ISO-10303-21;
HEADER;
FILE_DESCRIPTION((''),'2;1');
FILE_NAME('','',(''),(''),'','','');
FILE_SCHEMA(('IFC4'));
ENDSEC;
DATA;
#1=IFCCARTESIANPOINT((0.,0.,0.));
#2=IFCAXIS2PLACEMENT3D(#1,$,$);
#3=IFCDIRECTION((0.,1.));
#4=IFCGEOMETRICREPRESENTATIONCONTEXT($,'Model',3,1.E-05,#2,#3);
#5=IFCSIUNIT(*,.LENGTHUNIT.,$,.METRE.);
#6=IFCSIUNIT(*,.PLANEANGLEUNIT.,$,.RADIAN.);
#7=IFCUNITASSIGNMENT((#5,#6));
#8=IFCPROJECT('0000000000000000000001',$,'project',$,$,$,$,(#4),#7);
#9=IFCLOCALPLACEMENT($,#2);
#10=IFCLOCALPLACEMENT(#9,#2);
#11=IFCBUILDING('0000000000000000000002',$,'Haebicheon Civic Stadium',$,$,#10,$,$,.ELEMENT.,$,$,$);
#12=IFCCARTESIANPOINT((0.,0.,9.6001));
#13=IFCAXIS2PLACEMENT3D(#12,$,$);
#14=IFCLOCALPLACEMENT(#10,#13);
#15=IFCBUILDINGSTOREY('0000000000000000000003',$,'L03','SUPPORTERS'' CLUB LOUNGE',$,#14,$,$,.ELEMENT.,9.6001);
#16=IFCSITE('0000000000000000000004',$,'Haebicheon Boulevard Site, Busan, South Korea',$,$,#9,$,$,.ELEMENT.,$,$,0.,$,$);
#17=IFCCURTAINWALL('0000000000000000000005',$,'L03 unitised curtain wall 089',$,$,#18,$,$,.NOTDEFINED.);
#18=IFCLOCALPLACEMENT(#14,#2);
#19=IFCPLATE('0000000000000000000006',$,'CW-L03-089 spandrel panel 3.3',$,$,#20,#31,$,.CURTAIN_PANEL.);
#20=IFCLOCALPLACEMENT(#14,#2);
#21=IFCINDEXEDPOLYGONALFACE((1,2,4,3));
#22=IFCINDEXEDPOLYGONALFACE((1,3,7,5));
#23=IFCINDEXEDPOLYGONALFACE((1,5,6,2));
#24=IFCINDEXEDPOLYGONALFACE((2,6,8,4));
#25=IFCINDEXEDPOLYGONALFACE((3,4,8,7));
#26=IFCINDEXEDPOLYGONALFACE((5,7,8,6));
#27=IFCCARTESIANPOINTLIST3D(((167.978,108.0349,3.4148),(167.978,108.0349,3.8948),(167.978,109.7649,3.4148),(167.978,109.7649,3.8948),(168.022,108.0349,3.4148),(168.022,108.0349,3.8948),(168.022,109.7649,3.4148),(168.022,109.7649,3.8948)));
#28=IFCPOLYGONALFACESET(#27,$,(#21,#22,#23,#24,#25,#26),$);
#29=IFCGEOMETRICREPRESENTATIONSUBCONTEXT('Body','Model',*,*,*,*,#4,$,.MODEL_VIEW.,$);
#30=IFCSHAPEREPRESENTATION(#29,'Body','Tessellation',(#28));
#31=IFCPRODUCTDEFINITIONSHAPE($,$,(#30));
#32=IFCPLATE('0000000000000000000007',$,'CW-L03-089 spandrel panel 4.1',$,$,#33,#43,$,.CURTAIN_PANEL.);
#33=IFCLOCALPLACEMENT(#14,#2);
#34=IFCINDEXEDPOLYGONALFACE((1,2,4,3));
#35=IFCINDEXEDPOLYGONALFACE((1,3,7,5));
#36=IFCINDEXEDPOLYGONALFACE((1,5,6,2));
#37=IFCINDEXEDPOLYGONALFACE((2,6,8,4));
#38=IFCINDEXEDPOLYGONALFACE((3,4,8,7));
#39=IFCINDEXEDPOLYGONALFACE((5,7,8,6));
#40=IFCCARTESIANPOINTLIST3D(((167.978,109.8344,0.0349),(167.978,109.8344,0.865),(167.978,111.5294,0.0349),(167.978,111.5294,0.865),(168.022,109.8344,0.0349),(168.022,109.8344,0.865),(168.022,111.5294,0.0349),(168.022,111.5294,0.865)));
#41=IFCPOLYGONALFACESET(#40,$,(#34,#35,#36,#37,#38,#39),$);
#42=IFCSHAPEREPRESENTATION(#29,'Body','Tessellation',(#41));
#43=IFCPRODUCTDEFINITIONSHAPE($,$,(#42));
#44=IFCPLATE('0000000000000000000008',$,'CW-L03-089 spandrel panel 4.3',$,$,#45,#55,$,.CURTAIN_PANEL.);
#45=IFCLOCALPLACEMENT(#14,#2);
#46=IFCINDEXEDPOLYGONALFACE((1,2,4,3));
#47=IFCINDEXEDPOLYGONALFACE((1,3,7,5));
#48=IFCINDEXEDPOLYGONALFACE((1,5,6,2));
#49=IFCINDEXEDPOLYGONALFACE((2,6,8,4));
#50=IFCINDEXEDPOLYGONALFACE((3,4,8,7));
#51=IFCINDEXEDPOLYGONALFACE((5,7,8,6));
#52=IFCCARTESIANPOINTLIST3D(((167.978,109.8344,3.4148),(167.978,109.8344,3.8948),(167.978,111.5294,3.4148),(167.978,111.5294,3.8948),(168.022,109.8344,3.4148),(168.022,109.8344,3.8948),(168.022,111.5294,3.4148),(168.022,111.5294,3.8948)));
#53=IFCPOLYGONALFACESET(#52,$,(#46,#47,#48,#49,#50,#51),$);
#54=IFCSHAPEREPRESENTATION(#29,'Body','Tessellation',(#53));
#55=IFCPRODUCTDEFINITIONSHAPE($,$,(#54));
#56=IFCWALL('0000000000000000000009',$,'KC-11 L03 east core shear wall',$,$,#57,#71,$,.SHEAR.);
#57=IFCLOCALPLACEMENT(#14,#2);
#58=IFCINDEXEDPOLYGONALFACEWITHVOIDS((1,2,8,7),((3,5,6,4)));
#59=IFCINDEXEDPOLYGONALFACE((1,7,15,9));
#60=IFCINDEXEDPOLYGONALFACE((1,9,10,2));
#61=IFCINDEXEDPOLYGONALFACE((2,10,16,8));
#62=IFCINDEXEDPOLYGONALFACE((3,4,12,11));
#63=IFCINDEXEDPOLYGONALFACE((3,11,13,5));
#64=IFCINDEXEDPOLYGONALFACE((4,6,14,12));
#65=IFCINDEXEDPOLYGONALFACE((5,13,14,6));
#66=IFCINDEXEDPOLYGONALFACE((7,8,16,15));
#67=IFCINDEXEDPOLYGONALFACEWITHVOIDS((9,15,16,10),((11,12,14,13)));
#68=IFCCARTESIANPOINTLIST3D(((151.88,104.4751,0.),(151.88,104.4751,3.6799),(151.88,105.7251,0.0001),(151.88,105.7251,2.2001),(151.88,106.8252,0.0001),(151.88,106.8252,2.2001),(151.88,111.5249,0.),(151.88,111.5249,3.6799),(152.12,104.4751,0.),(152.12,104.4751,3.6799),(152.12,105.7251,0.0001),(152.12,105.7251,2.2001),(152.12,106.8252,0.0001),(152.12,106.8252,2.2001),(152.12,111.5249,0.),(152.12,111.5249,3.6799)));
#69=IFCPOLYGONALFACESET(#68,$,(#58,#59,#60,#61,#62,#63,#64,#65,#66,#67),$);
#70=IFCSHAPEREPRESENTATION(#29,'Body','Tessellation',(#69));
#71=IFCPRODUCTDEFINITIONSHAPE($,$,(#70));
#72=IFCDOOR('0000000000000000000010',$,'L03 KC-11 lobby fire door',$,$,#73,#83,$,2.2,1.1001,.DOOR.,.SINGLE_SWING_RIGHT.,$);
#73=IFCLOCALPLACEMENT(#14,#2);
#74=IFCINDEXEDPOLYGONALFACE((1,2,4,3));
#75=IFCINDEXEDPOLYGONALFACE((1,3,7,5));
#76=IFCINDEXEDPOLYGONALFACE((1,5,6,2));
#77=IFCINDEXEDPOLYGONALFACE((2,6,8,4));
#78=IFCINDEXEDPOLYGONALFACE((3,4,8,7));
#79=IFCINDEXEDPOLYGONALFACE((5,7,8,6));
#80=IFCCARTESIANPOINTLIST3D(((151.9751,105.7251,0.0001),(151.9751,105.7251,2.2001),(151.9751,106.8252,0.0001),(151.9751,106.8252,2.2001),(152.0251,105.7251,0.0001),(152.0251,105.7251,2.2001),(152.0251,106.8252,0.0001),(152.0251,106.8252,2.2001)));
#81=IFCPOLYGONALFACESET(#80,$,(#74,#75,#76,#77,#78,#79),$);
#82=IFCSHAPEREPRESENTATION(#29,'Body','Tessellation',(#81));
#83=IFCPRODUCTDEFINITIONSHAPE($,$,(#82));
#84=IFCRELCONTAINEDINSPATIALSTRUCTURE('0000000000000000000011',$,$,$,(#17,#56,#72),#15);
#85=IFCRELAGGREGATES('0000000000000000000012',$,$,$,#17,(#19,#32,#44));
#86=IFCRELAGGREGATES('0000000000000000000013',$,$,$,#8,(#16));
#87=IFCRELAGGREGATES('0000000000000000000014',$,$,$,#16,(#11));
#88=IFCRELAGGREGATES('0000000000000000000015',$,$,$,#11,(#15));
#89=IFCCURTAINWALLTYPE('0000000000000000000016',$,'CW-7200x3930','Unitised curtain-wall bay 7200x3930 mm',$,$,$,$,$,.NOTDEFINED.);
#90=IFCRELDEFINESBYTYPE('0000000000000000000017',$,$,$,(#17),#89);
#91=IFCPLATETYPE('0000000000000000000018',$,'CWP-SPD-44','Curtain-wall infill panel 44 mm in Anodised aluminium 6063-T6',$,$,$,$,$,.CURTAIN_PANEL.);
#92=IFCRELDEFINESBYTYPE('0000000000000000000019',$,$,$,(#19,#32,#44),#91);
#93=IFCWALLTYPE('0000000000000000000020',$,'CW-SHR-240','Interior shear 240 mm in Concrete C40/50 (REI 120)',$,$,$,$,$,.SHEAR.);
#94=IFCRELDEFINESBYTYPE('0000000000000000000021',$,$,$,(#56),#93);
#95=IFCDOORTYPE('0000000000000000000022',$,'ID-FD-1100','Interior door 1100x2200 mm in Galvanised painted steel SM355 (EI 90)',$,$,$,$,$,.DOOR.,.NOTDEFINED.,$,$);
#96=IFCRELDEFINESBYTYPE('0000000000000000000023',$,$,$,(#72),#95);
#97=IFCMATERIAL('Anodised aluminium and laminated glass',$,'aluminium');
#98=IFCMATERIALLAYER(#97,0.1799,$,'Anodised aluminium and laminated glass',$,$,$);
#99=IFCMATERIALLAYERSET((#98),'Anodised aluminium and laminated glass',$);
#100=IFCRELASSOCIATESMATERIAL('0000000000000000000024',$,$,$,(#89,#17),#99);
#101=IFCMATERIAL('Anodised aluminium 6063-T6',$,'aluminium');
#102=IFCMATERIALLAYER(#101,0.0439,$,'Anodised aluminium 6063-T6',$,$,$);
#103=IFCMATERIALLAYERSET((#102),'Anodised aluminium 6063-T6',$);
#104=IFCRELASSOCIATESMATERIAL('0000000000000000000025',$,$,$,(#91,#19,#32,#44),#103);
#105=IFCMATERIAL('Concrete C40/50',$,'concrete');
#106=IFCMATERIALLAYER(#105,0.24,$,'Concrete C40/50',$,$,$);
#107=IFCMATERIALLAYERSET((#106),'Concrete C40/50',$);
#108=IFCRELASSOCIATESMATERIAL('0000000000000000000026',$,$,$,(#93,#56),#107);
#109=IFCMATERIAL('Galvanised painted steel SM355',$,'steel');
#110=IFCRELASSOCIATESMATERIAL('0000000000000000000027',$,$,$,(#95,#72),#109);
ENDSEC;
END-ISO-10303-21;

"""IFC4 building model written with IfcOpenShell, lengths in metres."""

from ifc_helpers import new_model, si_unit, direction, frame, frame_2d, origin, origin_2d, place, context, subcontext, project, spatial, rectangle, extrude, material, layer, layer_set, type_object, element, fill, aggregate, save


model = new_model("IFC4")

# Units and contexts
model_context = context("Model", 3, precision=1e-05, world=origin(), true_north=direction((0.0, 1.0)))
body_context = subcontext(model_context, "Body", "Model", "MODEL_VIEW")
ifc_project = project(units=[si_unit("LENGTHUNIT", "METRE"), si_unit("PLANEANGLEUNIT", "RADIAN")], contexts=[model_context])

# Site, building, storey
site_placement = place(None, origin())
site = spatial("IfcSite", under=ifc_project, at=site_placement, Name="Haebicheon Boulevard Site, Busan, South Korea", CompositionType="ELEMENT", RefElevation=0.0)
building_placement = place(site_placement, origin())
building = spatial("IfcBuilding", under=site, at=building_placement, Name="Haebicheon Civic Stadium", CompositionType="ELEMENT")
storey_placement = place(building_placement, frame((0.0, 0.0, 9.6001)))
storey = spatial("IfcBuildingStorey", under=building, at=storey_placement, Name="L03", Description="SUPPORTERS' CLUB LOUNGE", CompositionType="ELEMENT", Elevation=9.6001)

# Curtain wall
ifc_material_1 = material(Name="Anodised aluminium and laminated glass", Category="aluminium")
ifc_layer_1 = layer(ifc_material_1, 0.1799, Name="Anodised aluminium and laminated glass")
ifc_layer_set_1 = layer_set([ifc_layer_1], Name="Anodised aluminium and laminated glass")
curtain_wall_type = type_object("IfcCurtainWallType", Name="CW-7200x3930", Description="Unitised curtain-wall bay 7200x3930 mm", PredefinedType="NOTDEFINED", material=ifc_layer_set_1)
curtain_wall_placement = place(storey_placement, origin())
curtain_wall = element("IfcCurtainWall", 1, at=curtain_wall_placement, inside=storey, type_object=curtain_wall_type, material=ifc_layer_set_1, Name="L03 unitised curtain wall 089", PredefinedType="NOTDEFINED")

# Plates
ifc_material_2 = material(Name="Anodised aluminium 6063-T6", Category="aluminium")
ifc_layer_2 = layer(ifc_material_2, 0.0439, Name="Anodised aluminium 6063-T6")
ifc_layer_set_2 = layer_set([ifc_layer_2], Name="Anodised aluminium 6063-T6")
plate_type_1 = type_object("IfcPlateType", Name="CWP-SPD-44", Description="Curtain-wall infill panel 44 mm in Anodised aluminium 6063-T6", PredefinedType="CURTAIN_PANEL", material=ifc_layer_set_2)
plate_1_placement = place(storey_placement, frame((168.0, 108.8999, 3.4148), z_axis=(0.0, 0.0, 1.0), x_axis=(0.0, 1.0, 0.0)))
plate_1 = element("IfcPlate", 2, at=plate_1_placement, type_object=plate_type_1, material=ifc_layer_set_2, Name="CW-L03-089 spandrel panel 3.3", PredefinedType="CURTAIN_PANEL", context=body_context, shape_type="SweptSolid", body=[
    extrude(rectangle(XDim=1.73, YDim=0.0439, at=origin_2d()), origin(), (0.0, 0.0, 1.0), 0.48),
])
plate_2_placement = place(storey_placement, frame((168.0, 110.6819, 0.0349), z_axis=(0.0, 0.0, 1.0), x_axis=(0.0, 1.0, 0.0)))
plate_2 = element("IfcPlate", 3, at=plate_2_placement, type_object=plate_type_1, material=ifc_layer_set_2, Name="CW-L03-089 spandrel panel 4.1", PredefinedType="CURTAIN_PANEL", context=body_context, shape_type="SweptSolid", body=[
    extrude(rectangle(XDim=1.6951, YDim=0.0439, at=origin_2d()), origin(), (0.0, 0.0, 1.0), 0.8301),
])
plate_3_placement = place(storey_placement, frame((168.0, 110.6819, 3.4148), z_axis=(0.0, 0.0, 1.0), x_axis=(0.0, 1.0, 0.0)))
plate_3 = element("IfcPlate", 4, at=plate_3_placement, type_object=plate_type_1, material=ifc_layer_set_2, Name="CW-L03-089 spandrel panel 4.3", PredefinedType="CURTAIN_PANEL", context=body_context, shape_type="SweptSolid", body=[
    extrude(rectangle(XDim=1.6951, YDim=0.0439, at=origin_2d()), origin(), (0.0, 0.0, 1.0), 0.48),
])
aggregate(curtain_wall, [plate_1, plate_2, plate_3])

# Wall, opening, door
ifc_material_3 = material(Name="Concrete C40/50", Category="concrete")
ifc_layer_3 = layer(ifc_material_3, 0.24, Name="Concrete C40/50")
ifc_layer_set_3 = layer_set([ifc_layer_3], Name="Concrete C40/50")
wall_type = type_object("IfcWallType", Name="CW-SHR-240", Description="Interior shear 240 mm in Concrete C40/50 (REI 120)", PredefinedType="SHEAR", material=ifc_layer_set_3)
wall_placement = place(storey_placement, frame((152.0, 104.4751, 0.0), z_axis=(0.0, 0.0, 1.0), x_axis=(0.0, 1.0, 0.0)))
wall = element("IfcWall", 5, at=wall_placement, inside=storey, type_object=wall_type, material=ifc_layer_set_3, Name="KC-11 L03 east core shear wall", PredefinedType="SHEAR", context=body_context, shape_type="SweptSolid", body=[
    extrude(rectangle(XDim=7.0498, YDim=0.24, at=frame_2d((3.5249, 0.0))), origin(), (0.0, 0.0, 1.0), 3.6799),
])
opening_placement = place(wall_placement, frame((1.25, 0.0, 0.0)))
opening = element("IfcOpeningElement", 6, at=opening_placement, cuts=wall, PredefinedType="OPENING", context=body_context, shape_type="SweptSolid", body=[
    extrude(rectangle(XDim=1.1001, YDim=2.2, at=frame_2d((0.55, 1.1001))), frame((0.0, 0.1299, 0.0), z_axis=(0.0, -1.0, 0.0), x_axis=(1.0, 0.0, 0.0)), (0.0, 0.0, 1.0), 0.26),
])
ifc_material_4 = material(Name="Galvanised painted steel SM355", Category="steel")
door_type = type_object("IfcDoorType", Name="ID-FD-1100", Description="Interior door 1100x2200 mm in Galvanised painted steel SM355 (EI 90)", OperationType="NOTDEFINED", PredefinedType="DOOR", material=ifc_material_4)
door_placement = place(opening_placement, origin())
door = element("IfcDoor", 7, at=door_placement, inside=storey, type_object=door_type, material=ifc_material_4, Name="L03 KC-11 lobby fire door", OperationType="SINGLE_SWING_RIGHT", OverallHeight=2.2, OverallWidth=1.1001, PredefinedType="DOOR", context=body_context, shape_type="SweptSolid", body=[
    extrude(rectangle(XDim=1.1001, YDim=2.2, at=frame_2d((0.55, 1.1001))), frame((0.0, 0.0249, 0.0), z_axis=(0.0, -1.0, 0.0), x_axis=(1.0, 0.0, 0.0)), (0.0, 0.0, 1.0), 0.05),
])
fill(opening, door)

save(model, "model.ifc")
